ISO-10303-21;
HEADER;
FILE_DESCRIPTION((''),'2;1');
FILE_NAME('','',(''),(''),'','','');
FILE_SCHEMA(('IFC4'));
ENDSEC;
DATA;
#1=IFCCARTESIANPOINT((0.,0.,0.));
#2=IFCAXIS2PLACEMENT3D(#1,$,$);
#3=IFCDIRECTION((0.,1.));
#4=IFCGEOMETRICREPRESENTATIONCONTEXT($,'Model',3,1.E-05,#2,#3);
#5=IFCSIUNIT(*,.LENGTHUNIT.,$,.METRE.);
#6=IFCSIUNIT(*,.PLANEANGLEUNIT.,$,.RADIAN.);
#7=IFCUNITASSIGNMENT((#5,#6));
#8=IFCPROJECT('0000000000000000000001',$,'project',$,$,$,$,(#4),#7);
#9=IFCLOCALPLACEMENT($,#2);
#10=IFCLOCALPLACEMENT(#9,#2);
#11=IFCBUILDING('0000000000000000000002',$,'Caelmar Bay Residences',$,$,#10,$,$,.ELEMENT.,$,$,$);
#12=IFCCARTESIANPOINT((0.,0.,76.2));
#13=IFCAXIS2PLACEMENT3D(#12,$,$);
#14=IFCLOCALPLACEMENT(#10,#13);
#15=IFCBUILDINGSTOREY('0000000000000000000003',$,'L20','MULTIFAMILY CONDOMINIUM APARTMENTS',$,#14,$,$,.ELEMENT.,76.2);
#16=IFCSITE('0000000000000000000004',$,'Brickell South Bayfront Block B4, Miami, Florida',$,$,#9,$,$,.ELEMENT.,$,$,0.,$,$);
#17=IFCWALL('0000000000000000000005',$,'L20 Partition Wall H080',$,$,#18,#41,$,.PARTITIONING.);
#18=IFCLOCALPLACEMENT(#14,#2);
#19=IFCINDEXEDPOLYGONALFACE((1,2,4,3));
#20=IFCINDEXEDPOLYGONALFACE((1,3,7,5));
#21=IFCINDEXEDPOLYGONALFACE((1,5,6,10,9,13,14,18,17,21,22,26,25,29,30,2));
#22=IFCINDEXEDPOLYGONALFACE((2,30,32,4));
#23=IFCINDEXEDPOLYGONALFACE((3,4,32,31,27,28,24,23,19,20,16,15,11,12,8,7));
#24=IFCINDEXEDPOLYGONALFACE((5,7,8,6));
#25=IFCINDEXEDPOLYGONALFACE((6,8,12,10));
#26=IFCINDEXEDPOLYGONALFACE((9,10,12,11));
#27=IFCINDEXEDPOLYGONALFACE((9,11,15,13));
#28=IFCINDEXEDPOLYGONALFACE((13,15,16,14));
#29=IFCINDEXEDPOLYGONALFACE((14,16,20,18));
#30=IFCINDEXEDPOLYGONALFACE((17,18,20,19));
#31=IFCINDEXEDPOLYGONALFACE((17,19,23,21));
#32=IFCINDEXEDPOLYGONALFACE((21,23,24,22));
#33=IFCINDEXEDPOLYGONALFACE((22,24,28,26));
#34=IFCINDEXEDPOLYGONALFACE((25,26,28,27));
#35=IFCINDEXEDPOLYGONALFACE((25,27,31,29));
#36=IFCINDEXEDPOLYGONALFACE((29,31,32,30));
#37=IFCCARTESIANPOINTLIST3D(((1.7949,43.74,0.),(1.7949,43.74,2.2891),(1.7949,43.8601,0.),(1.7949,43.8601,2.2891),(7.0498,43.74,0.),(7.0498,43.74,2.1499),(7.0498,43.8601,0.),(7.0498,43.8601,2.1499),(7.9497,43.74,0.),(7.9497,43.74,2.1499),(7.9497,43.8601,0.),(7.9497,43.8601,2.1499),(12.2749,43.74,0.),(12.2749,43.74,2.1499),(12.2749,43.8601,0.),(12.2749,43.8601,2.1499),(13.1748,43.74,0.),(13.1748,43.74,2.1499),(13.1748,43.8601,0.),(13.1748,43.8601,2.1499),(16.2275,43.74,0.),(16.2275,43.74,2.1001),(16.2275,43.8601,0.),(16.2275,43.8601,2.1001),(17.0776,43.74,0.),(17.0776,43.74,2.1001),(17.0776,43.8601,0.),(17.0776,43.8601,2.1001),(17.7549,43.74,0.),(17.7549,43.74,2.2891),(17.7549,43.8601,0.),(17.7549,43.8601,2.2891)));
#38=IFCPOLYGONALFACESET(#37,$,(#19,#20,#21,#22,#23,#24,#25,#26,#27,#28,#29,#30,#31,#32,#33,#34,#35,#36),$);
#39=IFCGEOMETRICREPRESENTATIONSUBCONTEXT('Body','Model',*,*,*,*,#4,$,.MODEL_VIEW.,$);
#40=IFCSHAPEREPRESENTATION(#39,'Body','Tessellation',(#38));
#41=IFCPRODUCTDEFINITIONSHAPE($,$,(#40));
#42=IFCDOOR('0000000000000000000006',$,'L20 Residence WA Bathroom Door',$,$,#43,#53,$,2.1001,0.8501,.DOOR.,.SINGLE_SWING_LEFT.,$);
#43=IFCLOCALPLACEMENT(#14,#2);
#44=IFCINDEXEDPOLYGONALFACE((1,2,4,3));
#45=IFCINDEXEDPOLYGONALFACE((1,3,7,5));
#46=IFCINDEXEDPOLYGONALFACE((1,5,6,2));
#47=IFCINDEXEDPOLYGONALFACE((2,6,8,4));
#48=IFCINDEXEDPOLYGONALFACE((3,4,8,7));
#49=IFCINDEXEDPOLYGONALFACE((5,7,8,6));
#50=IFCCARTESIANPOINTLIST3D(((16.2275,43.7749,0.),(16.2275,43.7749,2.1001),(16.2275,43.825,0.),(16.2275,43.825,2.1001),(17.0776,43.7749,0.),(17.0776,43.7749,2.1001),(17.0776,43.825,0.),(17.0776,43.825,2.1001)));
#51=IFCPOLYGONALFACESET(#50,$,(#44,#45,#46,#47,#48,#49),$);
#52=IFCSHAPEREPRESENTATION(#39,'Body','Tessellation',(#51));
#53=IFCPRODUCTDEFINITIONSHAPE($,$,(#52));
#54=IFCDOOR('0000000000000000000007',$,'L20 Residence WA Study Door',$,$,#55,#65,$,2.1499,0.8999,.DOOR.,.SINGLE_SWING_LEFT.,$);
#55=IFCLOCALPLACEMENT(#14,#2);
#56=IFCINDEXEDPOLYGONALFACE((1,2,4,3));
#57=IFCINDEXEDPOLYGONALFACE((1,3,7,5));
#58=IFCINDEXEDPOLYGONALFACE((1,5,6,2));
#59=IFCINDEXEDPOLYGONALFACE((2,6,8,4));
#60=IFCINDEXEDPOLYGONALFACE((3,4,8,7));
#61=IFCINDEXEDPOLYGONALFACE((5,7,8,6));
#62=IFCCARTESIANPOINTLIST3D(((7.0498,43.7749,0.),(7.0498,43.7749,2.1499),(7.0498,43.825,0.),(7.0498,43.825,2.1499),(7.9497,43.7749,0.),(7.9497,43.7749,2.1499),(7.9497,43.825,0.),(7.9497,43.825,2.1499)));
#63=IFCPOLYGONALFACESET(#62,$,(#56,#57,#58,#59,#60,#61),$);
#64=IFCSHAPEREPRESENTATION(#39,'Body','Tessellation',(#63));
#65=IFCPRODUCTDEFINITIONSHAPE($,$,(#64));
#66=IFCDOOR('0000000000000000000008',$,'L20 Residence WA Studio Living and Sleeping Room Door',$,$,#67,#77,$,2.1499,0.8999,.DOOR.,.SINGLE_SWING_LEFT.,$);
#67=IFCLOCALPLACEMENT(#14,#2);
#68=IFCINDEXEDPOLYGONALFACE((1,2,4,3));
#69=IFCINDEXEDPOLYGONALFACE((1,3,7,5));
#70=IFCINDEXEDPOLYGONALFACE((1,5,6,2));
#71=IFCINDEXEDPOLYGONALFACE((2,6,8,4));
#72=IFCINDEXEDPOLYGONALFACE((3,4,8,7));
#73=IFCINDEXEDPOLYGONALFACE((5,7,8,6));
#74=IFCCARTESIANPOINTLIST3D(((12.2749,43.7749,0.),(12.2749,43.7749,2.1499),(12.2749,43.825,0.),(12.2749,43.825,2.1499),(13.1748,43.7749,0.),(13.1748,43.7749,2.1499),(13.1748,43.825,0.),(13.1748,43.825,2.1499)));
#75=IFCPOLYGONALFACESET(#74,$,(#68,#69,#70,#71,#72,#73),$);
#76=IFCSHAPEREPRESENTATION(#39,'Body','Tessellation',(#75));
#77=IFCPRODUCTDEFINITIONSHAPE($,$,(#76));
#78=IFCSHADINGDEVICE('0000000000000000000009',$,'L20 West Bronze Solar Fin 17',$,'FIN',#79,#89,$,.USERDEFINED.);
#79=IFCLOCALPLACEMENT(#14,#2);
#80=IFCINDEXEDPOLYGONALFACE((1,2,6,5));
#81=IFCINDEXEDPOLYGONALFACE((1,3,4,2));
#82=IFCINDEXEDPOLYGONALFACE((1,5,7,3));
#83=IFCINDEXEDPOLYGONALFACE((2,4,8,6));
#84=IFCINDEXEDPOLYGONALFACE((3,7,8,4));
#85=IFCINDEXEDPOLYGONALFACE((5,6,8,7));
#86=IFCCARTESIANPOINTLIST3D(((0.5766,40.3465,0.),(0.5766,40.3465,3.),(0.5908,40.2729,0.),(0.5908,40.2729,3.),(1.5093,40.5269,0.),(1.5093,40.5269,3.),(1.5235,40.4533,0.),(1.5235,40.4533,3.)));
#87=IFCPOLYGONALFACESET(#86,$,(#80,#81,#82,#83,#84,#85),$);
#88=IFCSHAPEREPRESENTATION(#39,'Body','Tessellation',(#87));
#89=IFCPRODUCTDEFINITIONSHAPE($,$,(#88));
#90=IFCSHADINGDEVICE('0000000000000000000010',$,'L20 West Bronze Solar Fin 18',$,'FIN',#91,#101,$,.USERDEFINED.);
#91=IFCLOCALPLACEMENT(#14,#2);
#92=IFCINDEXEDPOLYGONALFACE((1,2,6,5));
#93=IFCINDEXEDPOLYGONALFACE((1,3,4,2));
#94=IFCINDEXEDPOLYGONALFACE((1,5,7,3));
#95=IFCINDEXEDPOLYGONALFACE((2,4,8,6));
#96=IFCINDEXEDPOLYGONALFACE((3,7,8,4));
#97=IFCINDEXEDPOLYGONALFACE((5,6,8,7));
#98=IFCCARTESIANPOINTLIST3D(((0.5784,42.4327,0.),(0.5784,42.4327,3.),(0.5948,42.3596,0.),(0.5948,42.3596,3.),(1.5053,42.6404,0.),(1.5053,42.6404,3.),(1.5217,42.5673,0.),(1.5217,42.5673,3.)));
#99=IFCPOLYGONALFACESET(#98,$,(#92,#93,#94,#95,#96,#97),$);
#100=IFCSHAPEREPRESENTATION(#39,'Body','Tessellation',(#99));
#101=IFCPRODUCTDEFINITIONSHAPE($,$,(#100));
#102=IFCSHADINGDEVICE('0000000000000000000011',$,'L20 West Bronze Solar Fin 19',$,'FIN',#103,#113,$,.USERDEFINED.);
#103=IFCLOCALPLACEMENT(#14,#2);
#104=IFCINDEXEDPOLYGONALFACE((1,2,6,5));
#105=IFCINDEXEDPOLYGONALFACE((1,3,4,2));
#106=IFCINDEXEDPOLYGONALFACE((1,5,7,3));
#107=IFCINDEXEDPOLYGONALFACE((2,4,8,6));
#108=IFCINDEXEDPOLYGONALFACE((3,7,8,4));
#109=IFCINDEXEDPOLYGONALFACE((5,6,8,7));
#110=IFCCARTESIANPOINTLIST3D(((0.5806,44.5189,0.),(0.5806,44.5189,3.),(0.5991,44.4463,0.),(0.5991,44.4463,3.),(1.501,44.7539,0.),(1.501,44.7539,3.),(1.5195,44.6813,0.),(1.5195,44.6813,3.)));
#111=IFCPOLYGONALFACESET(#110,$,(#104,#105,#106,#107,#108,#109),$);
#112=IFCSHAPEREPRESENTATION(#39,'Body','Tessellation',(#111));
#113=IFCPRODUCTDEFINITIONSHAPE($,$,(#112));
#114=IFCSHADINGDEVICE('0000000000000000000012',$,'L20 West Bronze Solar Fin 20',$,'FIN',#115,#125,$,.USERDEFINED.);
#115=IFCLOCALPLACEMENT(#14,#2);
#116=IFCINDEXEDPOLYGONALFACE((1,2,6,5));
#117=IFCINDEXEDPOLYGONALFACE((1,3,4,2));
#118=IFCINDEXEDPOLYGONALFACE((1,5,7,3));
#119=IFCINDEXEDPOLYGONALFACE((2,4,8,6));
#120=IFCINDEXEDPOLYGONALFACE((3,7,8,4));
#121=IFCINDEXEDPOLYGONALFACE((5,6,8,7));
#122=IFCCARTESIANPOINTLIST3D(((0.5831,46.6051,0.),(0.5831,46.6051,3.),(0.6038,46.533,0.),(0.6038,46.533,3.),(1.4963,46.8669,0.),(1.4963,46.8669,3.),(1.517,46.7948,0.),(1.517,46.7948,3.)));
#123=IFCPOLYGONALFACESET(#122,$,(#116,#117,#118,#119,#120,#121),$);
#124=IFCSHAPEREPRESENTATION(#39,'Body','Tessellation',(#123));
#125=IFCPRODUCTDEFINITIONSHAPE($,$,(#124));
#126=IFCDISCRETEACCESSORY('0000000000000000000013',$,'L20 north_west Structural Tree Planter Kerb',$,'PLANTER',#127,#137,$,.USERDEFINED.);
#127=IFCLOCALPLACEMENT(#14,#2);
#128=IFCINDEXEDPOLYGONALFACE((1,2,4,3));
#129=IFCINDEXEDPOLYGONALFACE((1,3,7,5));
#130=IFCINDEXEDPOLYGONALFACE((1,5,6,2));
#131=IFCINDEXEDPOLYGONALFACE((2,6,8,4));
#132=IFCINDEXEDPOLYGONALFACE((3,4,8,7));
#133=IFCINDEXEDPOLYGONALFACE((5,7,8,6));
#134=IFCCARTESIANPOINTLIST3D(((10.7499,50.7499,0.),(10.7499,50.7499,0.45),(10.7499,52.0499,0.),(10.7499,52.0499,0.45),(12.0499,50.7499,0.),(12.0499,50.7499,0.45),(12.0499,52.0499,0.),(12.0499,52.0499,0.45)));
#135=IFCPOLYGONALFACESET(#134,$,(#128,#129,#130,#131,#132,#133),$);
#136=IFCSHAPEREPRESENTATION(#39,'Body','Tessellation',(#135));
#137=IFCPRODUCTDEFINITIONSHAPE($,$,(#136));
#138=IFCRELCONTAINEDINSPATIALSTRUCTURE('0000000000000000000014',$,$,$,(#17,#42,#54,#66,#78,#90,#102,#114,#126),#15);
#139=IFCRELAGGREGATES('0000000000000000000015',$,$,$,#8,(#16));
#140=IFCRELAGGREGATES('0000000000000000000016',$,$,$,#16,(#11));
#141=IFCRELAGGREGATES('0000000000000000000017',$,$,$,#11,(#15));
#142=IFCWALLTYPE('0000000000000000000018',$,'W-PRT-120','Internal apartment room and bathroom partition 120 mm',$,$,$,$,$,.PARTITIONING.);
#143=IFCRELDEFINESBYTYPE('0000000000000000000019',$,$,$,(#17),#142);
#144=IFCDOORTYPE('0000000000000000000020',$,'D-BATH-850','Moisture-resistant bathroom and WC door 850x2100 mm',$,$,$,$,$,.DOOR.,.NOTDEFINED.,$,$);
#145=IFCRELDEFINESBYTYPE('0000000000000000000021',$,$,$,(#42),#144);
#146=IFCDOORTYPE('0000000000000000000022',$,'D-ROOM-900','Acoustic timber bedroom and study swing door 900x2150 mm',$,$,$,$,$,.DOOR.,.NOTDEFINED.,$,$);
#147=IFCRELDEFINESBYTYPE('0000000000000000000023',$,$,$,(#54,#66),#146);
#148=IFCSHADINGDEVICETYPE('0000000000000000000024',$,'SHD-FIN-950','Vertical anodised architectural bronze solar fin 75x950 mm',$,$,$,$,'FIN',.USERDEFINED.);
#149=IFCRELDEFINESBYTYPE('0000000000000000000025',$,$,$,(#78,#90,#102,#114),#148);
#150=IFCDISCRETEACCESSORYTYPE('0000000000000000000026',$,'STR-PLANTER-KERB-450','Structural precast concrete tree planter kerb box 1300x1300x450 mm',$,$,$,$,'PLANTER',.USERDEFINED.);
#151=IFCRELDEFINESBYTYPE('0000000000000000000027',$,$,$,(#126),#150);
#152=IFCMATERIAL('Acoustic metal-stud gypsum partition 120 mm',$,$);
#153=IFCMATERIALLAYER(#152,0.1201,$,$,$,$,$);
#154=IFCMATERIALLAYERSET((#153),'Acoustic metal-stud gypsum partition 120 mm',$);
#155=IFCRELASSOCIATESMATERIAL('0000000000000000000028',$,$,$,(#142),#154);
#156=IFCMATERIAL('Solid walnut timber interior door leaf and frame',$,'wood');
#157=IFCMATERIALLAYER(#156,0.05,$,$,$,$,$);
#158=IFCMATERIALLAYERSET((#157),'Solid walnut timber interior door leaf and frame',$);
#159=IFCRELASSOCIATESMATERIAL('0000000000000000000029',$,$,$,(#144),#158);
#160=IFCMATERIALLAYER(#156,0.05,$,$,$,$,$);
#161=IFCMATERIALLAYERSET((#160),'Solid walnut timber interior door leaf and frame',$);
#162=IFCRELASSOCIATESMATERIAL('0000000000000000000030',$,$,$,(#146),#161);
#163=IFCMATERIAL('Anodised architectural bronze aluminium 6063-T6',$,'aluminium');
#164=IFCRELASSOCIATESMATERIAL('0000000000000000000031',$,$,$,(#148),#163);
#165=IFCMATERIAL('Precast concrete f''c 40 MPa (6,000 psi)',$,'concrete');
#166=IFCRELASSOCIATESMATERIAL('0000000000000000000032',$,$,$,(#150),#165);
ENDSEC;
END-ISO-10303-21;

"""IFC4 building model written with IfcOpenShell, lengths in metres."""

from ifc_helpers import new_model, si_unit, direction, frame, frame_2d, origin, origin_2d, place, context, subcontext, project, spatial, rectangle, extrude, material, layer, layer_set, material_profile, profile_set, type_object, element, fill, save


model = new_model("IFC4")

# Units and contexts
model_context = context("Model", 3, precision=1e-05, world=origin(), true_north=direction((0.0, 1.0)))
body_context = subcontext(model_context, "Body", "Model", "MODEL_VIEW")
ifc_project = project(units=[si_unit("LENGTHUNIT", "METRE"), si_unit("PLANEANGLEUNIT", "RADIAN")], contexts=[model_context])

# Site, building, storey
site_placement = place(None, origin())
site = spatial("IfcSite", under=ifc_project, at=site_placement, Name="Brickell South Bayfront Block B4, Miami, Florida", CompositionType="ELEMENT", RefElevation=0.0)
building_placement = place(site_placement, origin())
building = spatial("IfcBuilding", under=site, at=building_placement, Name="Caelmar Bay Residences", CompositionType="ELEMENT")
storey_placement = place(building_placement, frame((0.0, 0.0, 76.2)))
storey = spatial("IfcBuildingStorey", under=building, at=storey_placement, Name="L20", Description="MULTIFAMILY CONDOMINIUM APARTMENTS", CompositionType="ELEMENT", Elevation=76.2)

# Shared definitions
ifc_material_1 = material(Name="Precast concrete f'c 40 MPa (6,000 psi)", Category="concrete")

# Shared definitions
ifc_material_2 = material(Name="Acoustic metal-stud gypsum partition 120 mm")
ifc_layer_1 = layer(ifc_material_2, 0.1201)
ifc_layer_set_1 = layer_set([ifc_layer_1], Name="Acoustic metal-stud gypsum partition 120 mm")
wall_type_1 = type_object("IfcWallType", Name="W-PRT-120", Description="Internal apartment room and bathroom partition 120 mm", PredefinedType="PARTITIONING", material=ifc_layer_set_1)

# Wall, openings, doors
wall_1_placement = place(storey_placement, frame((1.7949, 43.8, 0.0), z_axis=(0.0, 0.0, 1.0), x_axis=(1.0, 0.0, 0.0)))
wall_1 = element("IfcWall", 1, at=wall_1_placement, inside=storey, type_object=wall_type_1, Name="L20 Partition Wall H080", PredefinedType="PARTITIONING", context=body_context, shape_type="SweptSolid", body=[
    extrude(rectangle(XDim=15.96, YDim=0.1201, at=frame_2d((7.98, 0.0))), origin(), (0.0, 0.0, 1.0), 2.2891),
])
opening_1_placement = place(wall_1_placement, frame((5.2549, 0.0, 0.0)))
opening_1 = element("IfcOpeningElement", 2, at=opening_1_placement, cuts=wall_1, PredefinedType="OPENING", context=body_context, shape_type="SweptSolid", body=[
    extrude(rectangle(XDim=0.8999, YDim=2.1499, at=frame_2d((0.45, 1.075))), frame((0.0, 0.0701, 0.0), z_axis=(0.0, -1.0, 0.0), x_axis=(1.0, 0.0, 0.0)), (0.0, 0.0, 1.0), 0.1401),
])
opening_2_placement = place(wall_1_placement, frame((10.48, 0.0, 0.0)))
opening_2 = element("IfcOpeningElement", 3, at=opening_2_placement, cuts=wall_1, PredefinedType="OPENING", context=body_context, shape_type="SweptSolid", body=[
    extrude(rectangle(XDim=0.8999, YDim=2.1499, at=frame_2d((0.45, 1.075))), frame((0.0, 0.0701, 0.0), z_axis=(0.0, -1.0, 0.0), x_axis=(1.0, 0.0, 0.0)), (0.0, 0.0, 1.0), 0.1401),
])
opening_3_placement = place(wall_1_placement, frame((14.4326, 0.0, 0.0)))
opening_3 = element("IfcOpeningElement", 4, at=opening_3_placement, cuts=wall_1, PredefinedType="OPENING", context=body_context, shape_type="SweptSolid", body=[
    extrude(rectangle(XDim=0.8501, YDim=2.1001, at=frame_2d((0.425, 1.05))), frame((0.0, 0.0701, 0.0), z_axis=(0.0, -1.0, 0.0), x_axis=(1.0, 0.0, 0.0)), (0.0, 0.0, 1.0), 0.1401),
])
ifc_material_3 = material(Name="Solid walnut timber interior door leaf and frame", Category="wood")
ifc_layer_2 = layer(ifc_material_3, 0.05)
ifc_layer_set_2 = layer_set([ifc_layer_2], Name="Solid walnut timber interior door leaf and frame")
door_type_1 = type_object("IfcDoorType", Name="D-BATH-850", Description="Moisture-resistant bathroom and WC door 850x2100 mm", OperationType="NOTDEFINED", PredefinedType="DOOR", material=ifc_layer_set_2)
door_1_placement = place(opening_3_placement, origin())
door_1 = element("IfcDoor", 5, at=door_1_placement, inside=storey, type_object=door_type_1, Name="L20 Residence WA Bathroom Door", OperationType="SINGLE_SWING_LEFT", OverallHeight=2.1001, OverallWidth=0.8501, PredefinedType="DOOR", context=body_context, shape_type="SweptSolid", body=[
    extrude(rectangle(XDim=0.8501, YDim=2.1001, at=frame_2d((0.425, 1.05))), frame((0.0, 0.0249, 0.0), z_axis=(0.0, -1.0, 0.0), x_axis=(1.0, 0.0, 0.0)), (0.0, 0.0, 1.0), 0.05),
])
fill(opening_3, door_1)
ifc_layer_3 = layer(ifc_material_3, 0.05)
ifc_layer_set_3 = layer_set([ifc_layer_3], Name="Solid walnut timber interior door leaf and frame")
door_type_2 = type_object("IfcDoorType", Name="D-ROOM-900", Description="Acoustic timber bedroom and study swing door 900x2150 mm", OperationType="NOTDEFINED", PredefinedType="DOOR", material=ifc_layer_set_3)
door_2_placement = place(opening_1_placement, origin())
door_2 = element("IfcDoor", 6, at=door_2_placement, inside=storey, type_object=door_type_2, Name="L20 Residence WA Study Door", OperationType="SINGLE_SWING_LEFT", OverallHeight=2.1499, OverallWidth=0.8999, PredefinedType="DOOR", context=body_context, shape_type="SweptSolid", body=[
    extrude(rectangle(XDim=0.8999, YDim=2.1499, at=frame_2d((0.45, 1.075))), frame((0.0, 0.0249, 0.0), z_axis=(0.0, -1.0, 0.0), x_axis=(1.0, 0.0, 0.0)), (0.0, 0.0, 1.0), 0.05),
])
fill(opening_1, door_2)
door_3_placement = place(opening_2_placement, origin())
door_3 = element("IfcDoor", 7, at=door_3_placement, inside=storey, type_object=door_type_2, Name="L20 Residence WA Studio Living and Sleeping Room Door", OperationType="SINGLE_SWING_LEFT", OverallHeight=2.1499, OverallWidth=0.8999, PredefinedType="DOOR", context=body_context, shape_type="SweptSolid", body=[
    extrude(rectangle(XDim=0.8999, YDim=2.1499, at=frame_2d((0.45, 1.075))), frame((0.0, 0.0249, 0.0), z_axis=(0.0, -1.0, 0.0), x_axis=(1.0, 0.0, 0.0)), (0.0, 0.0, 1.0), 0.05),
])
fill(opening_2, door_3)

# Shading devices
ifc_material_4 = material(Name="Anodised architectural bronze aluminium 6063-T6", Category="aluminium")
ifc_material_profile_1 = material_profile(ifc_material_4, rectangle(XDim=0.075, YDim=0.95, at=origin_2d()), Name="BRONZE-FIN-75X950")
ifc_profile_set_1 = profile_set([ifc_material_profile_1], Name="Anodised architectural bronze aluminium 6063-T6")
shading_device_type = type_object("IfcShadingDeviceType", Name="SHD-FIN-950", Description="Vertical anodised architectural bronze solar fin 75x950 mm", ElementType="FIN", PredefinedType="USERDEFINED", material=ifc_profile_set_1)
for number, where, z_axis, x_axis, name in (
    (8, (1.05, 40.3999, 0.0), (0.0, 0.0, 1.0), (-0.189952, 0.981793, 0.0), "L20 West Bronze Solar Fin 17"),
    (9, (1.05, 42.5, 0.0), (0.0, 0.0, 1.0), (-0.218654, 0.975802, 0.0), "L20 West Bronze Solar Fin 18"),
    (10, (1.05, 44.6001, 0.0), (0.0, 0.0, 1.0), (-0.247337, 0.968929, 0.0), "L20 West Bronze Solar Fin 19"),
    (11, (1.05, 46.7, 0.0), (0.0, 0.0, 1.0), (-0.275637, 0.961262, 0.0), "L20 West Bronze Solar Fin 20"),
):
    element("IfcShadingDevice", number, at=place(storey_placement, frame(where, z_axis=z_axis, x_axis=x_axis)), inside=storey, type_object=shading_device_type, Name=name, ObjectType="FIN", PredefinedType="USERDEFINED", context=body_context, shape_type="SweptSolid", body=[
        extrude(rectangle(XDim=0.075, YDim=0.95, at=origin_2d()), origin(), (0.0, 0.0, 1.0), 3.0),
    ])

# Discrete accessory
discrete_accessory_type = type_object("IfcDiscreteAccessoryType", Name="STR-PLANTER-KERB-450", Description="Structural precast concrete tree planter kerb box 1300x1300x450 mm", ElementType="PLANTER", PredefinedType="USERDEFINED", material=ifc_material_1)
discrete_accessory_placement = place(storey_placement, frame((11.3999, 51.3999, 0.0), z_axis=(0.0, 0.0, 1.0), x_axis=(1.0, 0.0, 0.0)))
element("IfcDiscreteAccessory", 12, at=discrete_accessory_placement, inside=storey, type_object=discrete_accessory_type, Name="L20 north_west Structural Tree Planter Kerb", ObjectType="PLANTER", PredefinedType="USERDEFINED", context=body_context, shape_type="SweptSolid", body=[
    extrude(rectangle(XDim=1.3, YDim=1.3, at=origin_2d()), origin(), (0.0, 0.0, 1.0), 0.45),
])

save(model, "model.ifc")
